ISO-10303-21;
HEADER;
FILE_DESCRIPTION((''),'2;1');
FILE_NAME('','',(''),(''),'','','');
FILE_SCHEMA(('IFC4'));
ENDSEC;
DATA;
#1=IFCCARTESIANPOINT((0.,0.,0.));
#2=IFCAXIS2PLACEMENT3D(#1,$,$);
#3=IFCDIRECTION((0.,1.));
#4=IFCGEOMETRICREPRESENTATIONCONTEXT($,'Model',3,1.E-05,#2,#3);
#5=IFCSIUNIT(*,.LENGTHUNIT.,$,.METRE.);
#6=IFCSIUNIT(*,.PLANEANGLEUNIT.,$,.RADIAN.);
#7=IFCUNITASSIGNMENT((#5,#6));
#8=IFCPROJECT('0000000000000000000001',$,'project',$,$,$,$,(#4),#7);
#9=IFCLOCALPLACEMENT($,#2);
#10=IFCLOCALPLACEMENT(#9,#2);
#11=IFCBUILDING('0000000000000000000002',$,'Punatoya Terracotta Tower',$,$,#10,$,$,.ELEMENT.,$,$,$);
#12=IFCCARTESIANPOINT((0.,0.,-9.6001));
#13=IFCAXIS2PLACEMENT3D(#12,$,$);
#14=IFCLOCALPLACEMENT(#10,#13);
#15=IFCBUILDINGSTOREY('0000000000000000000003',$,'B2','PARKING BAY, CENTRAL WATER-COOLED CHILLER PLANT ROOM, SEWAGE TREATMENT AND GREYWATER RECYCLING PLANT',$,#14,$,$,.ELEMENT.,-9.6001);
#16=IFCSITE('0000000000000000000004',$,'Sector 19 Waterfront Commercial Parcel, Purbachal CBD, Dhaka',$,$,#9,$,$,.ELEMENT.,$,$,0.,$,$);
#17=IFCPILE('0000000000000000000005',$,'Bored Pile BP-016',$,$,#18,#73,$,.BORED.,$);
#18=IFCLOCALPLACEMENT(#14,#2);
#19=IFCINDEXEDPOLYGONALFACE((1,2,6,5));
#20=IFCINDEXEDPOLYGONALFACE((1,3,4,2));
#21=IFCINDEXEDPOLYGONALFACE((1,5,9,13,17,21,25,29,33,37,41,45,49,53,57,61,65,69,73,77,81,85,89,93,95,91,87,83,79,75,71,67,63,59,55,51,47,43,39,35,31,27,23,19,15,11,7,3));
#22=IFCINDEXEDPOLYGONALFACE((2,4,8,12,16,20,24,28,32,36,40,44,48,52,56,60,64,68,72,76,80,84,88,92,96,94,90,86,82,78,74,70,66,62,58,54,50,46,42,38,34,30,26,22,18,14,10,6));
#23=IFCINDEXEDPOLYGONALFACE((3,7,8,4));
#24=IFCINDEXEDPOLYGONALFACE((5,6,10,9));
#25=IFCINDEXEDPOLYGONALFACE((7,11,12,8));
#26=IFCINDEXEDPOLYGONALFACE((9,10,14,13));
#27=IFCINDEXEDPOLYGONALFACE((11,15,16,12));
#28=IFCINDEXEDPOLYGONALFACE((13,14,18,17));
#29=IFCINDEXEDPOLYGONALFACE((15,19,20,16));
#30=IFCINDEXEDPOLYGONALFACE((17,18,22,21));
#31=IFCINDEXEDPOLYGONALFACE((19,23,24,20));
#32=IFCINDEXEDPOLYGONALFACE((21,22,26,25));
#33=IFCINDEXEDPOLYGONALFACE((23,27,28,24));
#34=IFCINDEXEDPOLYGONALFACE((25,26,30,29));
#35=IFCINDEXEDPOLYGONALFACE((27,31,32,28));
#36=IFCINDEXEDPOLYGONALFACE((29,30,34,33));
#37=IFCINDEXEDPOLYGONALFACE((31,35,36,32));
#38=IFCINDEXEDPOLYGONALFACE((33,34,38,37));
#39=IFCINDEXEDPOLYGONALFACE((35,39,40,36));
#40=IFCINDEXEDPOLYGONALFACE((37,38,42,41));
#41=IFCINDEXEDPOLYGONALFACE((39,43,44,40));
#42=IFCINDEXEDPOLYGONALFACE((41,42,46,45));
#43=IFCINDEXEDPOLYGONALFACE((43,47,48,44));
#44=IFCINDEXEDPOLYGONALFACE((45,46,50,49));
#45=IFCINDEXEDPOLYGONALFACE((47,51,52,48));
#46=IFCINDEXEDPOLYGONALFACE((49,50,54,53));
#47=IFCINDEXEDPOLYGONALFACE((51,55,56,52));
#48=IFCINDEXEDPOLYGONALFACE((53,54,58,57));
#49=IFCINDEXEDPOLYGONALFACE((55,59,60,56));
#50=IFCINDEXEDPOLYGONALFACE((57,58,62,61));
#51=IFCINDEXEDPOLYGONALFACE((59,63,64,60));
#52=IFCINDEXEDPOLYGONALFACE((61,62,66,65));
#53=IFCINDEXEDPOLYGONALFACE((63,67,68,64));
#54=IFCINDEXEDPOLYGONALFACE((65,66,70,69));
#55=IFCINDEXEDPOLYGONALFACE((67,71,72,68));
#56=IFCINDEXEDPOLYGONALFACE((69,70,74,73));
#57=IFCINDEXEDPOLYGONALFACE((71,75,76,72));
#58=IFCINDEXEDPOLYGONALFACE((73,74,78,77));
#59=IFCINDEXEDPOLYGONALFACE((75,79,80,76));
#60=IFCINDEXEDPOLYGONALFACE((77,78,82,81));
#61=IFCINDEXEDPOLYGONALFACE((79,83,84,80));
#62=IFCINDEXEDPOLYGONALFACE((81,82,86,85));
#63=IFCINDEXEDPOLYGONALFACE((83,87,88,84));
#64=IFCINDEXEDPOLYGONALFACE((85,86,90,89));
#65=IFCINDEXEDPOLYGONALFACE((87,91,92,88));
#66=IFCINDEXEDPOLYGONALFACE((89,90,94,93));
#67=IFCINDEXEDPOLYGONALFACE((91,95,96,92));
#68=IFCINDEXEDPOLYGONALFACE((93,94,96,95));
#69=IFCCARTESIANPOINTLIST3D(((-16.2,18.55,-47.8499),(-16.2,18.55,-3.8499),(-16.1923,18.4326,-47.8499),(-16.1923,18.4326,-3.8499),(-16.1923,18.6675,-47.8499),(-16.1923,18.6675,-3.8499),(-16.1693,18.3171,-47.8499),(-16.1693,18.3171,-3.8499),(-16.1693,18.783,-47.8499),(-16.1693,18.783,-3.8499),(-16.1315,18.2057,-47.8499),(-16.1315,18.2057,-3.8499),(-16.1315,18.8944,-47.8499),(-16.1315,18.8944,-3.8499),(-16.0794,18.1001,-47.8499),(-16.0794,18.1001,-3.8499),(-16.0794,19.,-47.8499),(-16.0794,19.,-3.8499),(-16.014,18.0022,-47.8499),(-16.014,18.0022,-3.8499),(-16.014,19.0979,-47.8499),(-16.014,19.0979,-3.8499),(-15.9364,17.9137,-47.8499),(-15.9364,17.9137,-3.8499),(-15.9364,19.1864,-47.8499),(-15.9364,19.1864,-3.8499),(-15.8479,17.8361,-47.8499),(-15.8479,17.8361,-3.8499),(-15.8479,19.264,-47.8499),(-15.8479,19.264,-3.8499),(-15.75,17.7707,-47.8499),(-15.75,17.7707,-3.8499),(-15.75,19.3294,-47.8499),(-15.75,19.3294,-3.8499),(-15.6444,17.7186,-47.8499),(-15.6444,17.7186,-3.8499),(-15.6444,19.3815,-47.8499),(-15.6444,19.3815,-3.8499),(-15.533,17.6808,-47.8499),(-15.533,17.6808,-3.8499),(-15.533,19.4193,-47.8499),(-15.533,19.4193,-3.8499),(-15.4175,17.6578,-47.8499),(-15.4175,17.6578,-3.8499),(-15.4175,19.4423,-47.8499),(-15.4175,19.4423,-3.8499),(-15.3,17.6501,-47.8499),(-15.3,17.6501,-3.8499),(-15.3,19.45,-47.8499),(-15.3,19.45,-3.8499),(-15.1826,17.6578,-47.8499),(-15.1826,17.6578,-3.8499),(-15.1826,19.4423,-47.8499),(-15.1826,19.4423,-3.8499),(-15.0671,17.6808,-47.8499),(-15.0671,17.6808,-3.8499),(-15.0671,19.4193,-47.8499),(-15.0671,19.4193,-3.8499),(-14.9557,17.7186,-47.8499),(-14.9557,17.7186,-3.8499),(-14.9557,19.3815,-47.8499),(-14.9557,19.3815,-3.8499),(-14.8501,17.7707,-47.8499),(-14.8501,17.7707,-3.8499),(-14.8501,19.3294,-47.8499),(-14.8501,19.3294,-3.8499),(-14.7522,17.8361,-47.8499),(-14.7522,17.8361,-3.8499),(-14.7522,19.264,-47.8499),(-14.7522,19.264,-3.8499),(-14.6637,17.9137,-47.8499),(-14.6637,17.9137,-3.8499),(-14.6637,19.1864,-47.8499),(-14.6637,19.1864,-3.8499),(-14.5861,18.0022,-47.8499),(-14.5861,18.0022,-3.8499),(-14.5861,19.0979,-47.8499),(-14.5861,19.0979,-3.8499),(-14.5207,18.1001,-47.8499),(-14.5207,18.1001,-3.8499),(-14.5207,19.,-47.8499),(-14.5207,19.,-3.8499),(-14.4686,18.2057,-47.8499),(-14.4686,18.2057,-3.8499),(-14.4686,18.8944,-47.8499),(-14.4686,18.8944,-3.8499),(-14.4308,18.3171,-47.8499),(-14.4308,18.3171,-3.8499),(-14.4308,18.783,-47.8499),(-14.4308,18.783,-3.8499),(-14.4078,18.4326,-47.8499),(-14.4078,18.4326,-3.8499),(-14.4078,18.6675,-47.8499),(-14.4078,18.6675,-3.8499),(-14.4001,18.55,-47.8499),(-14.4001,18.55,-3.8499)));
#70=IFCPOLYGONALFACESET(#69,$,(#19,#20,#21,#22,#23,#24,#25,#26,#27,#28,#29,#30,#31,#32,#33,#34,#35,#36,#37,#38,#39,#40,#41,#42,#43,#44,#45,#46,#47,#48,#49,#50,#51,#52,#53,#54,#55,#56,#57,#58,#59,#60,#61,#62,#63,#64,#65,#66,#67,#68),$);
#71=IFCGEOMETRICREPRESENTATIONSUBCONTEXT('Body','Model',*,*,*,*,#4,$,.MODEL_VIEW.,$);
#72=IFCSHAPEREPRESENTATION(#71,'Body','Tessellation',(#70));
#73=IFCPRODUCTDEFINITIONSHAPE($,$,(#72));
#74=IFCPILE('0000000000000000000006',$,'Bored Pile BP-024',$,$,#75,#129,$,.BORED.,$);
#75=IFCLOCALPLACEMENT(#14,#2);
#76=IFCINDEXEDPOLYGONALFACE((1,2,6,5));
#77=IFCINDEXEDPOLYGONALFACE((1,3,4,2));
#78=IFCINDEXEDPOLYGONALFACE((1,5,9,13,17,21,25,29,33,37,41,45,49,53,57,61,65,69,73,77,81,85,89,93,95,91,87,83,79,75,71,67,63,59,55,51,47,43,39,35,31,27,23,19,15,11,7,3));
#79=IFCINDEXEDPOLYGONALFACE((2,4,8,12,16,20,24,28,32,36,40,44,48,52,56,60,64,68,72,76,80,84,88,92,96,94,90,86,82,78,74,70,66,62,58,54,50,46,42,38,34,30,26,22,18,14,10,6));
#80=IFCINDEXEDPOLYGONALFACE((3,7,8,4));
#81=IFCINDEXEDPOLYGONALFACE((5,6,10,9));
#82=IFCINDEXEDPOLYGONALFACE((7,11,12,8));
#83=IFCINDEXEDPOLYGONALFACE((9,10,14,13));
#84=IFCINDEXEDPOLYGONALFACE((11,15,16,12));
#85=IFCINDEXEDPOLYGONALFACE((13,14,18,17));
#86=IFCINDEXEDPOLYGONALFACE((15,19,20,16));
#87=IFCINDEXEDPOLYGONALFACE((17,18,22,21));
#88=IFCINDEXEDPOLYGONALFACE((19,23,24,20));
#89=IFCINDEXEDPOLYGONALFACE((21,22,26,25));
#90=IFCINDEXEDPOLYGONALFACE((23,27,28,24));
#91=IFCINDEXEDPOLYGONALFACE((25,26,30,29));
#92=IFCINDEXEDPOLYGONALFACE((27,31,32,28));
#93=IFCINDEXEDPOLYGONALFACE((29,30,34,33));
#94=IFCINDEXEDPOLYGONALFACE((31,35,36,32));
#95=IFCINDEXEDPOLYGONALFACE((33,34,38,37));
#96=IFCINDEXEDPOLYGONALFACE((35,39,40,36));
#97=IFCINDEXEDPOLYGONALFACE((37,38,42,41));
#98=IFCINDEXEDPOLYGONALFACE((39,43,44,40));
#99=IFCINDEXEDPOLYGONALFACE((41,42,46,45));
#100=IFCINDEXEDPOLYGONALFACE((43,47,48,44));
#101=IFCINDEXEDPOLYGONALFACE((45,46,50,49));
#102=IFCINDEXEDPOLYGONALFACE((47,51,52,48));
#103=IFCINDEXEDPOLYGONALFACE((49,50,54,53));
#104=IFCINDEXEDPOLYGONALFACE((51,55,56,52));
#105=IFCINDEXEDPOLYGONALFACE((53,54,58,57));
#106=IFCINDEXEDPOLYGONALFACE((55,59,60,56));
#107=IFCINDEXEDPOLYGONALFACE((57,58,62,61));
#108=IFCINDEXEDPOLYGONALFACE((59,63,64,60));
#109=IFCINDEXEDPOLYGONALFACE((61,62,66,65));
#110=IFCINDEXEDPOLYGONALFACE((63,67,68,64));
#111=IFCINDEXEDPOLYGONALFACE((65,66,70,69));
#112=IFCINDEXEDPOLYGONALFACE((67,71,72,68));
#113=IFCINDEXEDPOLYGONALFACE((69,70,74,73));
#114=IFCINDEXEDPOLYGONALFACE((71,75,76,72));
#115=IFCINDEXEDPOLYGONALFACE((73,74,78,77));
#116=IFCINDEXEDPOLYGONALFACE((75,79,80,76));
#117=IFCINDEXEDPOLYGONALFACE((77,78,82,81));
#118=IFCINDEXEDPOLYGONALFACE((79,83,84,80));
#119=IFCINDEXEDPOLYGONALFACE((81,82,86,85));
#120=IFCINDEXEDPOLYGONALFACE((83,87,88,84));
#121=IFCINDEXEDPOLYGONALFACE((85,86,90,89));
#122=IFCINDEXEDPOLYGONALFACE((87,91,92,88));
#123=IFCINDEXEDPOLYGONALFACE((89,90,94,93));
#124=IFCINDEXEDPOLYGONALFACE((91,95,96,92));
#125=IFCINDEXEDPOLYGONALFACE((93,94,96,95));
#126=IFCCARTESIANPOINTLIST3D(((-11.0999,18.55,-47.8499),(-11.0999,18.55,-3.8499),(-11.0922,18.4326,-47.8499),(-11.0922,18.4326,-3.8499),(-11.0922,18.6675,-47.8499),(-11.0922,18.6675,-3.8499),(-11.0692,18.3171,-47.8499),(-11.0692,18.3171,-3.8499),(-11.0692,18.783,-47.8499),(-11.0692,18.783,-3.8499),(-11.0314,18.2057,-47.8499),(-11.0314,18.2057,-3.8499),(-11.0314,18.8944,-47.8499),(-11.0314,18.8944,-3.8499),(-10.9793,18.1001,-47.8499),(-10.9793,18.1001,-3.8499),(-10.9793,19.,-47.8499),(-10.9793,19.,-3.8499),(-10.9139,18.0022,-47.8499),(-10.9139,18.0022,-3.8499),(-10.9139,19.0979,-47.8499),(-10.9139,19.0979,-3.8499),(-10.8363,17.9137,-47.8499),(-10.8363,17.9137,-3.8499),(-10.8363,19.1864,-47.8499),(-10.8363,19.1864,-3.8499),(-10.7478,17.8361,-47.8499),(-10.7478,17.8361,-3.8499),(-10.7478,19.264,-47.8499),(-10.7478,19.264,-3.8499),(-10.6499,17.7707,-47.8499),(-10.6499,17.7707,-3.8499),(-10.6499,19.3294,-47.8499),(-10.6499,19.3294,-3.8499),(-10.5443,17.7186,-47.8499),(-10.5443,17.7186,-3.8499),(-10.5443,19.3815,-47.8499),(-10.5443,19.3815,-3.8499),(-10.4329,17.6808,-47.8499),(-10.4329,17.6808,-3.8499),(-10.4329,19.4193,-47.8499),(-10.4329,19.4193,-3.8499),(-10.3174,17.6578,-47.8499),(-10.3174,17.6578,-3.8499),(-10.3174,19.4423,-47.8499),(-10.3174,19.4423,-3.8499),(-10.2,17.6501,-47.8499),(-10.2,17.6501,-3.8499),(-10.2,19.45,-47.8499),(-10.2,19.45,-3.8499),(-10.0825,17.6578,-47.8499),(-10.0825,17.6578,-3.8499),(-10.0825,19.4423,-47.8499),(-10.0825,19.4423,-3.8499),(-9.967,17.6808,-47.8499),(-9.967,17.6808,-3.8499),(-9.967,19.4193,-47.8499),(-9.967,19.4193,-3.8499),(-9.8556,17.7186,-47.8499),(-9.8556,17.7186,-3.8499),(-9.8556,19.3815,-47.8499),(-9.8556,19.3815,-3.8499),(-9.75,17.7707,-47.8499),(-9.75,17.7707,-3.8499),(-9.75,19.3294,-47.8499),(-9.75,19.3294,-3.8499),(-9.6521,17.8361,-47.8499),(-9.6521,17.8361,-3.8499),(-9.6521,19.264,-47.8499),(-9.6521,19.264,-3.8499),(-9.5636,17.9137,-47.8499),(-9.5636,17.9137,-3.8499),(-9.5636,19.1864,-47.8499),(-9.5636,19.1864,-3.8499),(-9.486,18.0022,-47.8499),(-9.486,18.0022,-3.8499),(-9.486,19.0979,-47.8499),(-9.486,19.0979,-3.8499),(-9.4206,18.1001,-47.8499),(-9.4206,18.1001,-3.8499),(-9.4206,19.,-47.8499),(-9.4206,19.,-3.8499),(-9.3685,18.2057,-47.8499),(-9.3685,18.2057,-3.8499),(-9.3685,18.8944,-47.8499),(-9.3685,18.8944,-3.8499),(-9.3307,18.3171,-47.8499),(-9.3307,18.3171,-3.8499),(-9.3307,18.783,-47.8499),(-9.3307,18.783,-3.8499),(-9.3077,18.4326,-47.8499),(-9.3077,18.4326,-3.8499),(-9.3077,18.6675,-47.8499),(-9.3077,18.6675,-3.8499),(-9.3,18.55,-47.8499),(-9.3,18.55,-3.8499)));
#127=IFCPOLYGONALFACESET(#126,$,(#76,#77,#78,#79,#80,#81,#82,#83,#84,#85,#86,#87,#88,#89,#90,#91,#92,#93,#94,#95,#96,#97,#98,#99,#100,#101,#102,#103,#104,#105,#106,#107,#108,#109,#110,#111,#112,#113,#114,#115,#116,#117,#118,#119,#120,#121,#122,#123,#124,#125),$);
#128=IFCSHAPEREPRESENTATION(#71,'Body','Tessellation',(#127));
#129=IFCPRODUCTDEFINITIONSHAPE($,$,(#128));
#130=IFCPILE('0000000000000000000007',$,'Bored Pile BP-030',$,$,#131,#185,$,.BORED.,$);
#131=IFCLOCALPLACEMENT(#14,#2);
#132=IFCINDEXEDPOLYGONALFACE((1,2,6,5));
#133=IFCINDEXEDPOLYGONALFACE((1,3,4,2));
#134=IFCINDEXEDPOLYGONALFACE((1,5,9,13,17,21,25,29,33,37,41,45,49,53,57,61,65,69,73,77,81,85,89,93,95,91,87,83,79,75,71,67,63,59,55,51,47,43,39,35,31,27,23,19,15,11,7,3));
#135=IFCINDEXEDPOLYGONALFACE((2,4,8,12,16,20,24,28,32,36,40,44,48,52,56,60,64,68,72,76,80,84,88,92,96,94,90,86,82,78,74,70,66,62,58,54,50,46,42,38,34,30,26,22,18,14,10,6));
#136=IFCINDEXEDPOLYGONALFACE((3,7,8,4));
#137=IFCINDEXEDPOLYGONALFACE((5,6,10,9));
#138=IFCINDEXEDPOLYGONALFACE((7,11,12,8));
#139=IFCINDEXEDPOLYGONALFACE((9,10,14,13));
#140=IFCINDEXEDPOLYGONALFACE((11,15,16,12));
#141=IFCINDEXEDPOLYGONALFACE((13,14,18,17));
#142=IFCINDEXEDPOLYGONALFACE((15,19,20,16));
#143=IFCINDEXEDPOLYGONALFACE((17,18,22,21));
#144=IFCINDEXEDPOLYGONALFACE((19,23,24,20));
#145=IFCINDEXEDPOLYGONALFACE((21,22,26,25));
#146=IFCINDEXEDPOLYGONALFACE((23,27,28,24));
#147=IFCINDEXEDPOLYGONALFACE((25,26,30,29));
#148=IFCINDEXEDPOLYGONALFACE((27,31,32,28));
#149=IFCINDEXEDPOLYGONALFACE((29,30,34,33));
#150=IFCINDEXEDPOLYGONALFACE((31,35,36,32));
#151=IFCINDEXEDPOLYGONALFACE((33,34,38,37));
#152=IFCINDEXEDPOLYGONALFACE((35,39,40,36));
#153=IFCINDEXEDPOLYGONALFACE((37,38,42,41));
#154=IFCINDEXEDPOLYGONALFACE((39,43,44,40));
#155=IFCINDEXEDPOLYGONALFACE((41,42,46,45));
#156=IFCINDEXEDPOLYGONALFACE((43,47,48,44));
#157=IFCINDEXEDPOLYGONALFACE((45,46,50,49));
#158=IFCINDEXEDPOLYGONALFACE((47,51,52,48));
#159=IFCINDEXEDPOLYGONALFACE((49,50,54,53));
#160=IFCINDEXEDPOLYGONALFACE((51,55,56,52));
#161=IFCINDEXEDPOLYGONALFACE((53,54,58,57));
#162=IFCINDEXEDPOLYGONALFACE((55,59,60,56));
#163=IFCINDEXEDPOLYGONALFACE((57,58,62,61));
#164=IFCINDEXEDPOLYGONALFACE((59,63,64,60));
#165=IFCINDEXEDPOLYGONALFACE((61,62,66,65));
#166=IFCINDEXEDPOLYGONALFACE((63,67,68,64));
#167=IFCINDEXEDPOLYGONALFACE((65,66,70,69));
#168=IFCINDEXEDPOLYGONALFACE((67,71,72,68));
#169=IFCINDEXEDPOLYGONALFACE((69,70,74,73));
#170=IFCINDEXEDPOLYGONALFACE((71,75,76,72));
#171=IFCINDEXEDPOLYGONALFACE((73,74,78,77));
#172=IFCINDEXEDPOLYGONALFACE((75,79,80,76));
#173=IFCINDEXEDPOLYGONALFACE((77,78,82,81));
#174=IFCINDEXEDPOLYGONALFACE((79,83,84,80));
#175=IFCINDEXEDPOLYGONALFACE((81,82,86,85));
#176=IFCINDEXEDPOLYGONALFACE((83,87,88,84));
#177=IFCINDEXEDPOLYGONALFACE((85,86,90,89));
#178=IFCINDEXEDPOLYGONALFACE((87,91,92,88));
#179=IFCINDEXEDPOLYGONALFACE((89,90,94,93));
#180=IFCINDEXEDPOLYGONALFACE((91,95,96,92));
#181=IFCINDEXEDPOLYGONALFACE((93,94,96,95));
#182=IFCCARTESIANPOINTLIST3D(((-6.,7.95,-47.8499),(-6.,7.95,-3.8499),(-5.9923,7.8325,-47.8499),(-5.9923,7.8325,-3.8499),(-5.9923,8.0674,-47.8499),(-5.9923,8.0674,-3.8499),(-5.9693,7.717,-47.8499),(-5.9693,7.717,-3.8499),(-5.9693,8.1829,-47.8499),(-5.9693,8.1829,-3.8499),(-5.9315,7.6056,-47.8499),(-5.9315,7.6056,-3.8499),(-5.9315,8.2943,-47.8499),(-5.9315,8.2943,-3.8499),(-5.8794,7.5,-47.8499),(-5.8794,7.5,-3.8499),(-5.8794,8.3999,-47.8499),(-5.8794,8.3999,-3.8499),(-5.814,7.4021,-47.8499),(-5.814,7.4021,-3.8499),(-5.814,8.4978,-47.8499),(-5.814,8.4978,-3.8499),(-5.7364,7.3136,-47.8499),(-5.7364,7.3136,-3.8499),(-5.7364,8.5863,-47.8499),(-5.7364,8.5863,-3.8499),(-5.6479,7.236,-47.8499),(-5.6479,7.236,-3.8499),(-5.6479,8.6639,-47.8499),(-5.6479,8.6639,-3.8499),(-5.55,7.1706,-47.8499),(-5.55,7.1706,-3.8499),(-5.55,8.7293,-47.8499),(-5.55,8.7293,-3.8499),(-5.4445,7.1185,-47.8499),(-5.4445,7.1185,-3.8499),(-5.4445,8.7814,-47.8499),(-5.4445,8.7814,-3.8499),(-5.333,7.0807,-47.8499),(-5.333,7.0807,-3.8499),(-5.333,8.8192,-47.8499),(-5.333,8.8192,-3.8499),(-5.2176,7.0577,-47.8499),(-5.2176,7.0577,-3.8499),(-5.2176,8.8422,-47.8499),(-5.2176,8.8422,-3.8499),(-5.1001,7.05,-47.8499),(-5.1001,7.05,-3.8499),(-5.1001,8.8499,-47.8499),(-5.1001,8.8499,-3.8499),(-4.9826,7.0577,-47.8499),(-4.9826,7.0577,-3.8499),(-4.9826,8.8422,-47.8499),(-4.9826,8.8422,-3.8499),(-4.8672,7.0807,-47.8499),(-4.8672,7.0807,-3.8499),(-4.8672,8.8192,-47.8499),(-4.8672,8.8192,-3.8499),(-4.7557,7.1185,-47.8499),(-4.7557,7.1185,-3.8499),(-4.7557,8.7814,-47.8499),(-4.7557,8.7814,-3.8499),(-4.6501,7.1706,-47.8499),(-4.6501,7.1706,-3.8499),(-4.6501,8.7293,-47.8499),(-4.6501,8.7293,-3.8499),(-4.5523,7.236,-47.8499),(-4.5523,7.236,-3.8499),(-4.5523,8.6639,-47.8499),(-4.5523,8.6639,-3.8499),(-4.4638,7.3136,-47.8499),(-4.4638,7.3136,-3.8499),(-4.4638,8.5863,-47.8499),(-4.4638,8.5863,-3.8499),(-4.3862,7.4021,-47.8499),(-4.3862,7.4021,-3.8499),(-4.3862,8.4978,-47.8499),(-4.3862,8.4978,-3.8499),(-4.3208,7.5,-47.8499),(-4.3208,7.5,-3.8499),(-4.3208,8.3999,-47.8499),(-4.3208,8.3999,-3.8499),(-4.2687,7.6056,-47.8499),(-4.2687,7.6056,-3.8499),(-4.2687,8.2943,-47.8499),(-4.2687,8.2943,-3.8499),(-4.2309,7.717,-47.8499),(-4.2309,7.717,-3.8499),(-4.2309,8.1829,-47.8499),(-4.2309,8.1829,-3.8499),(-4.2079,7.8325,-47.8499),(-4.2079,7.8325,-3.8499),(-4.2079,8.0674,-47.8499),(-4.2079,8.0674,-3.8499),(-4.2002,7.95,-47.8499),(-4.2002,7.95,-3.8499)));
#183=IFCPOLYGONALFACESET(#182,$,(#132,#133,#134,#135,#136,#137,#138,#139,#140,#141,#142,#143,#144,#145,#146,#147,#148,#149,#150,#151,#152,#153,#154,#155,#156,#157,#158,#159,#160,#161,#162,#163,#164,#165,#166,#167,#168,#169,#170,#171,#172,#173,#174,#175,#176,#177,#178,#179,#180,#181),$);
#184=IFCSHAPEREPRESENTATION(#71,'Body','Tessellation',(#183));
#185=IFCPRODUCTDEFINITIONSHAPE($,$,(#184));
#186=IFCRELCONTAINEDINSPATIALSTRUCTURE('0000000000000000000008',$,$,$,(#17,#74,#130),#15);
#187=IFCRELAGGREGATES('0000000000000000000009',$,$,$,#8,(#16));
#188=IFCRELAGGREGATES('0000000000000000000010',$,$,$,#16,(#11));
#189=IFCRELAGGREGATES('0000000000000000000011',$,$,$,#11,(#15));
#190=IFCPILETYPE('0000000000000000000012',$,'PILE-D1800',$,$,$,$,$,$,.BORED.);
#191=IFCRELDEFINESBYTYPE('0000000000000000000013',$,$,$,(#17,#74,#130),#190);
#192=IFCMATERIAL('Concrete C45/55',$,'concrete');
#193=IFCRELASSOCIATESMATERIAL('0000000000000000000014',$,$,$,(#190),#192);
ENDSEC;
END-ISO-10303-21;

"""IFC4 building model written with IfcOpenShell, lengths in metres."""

from ifc_helpers import new_model, si_unit, direction, frame, origin, origin_2d, place, context, subcontext, project, spatial, circle, extrude, material, material_profile, profile_set, type_object, element, save


model = new_model("IFC4")

# Units and contexts
model_context = context("Model", 3, precision=1e-05, world=origin(), true_north=direction((0.0, 1.0)))
body_context = subcontext(model_context, "Body", "Model", "MODEL_VIEW")
ifc_project = project(units=[si_unit("LENGTHUNIT", "METRE"), si_unit("PLANEANGLEUNIT", "RADIAN")], contexts=[model_context])

# Site, building, storey
site_placement = place(None, origin())
site = spatial("IfcSite", under=ifc_project, at=site_placement, Name="Sector 19 Waterfront Commercial Parcel, Purbachal CBD, Dhaka", CompositionType="ELEMENT", RefElevation=0.0)
building_placement = place(site_placement, origin())
building = spatial("IfcBuilding", under=site, at=building_placement, Name="Punatoya Terracotta Tower", CompositionType="ELEMENT")
storey_placement = place(building_placement, frame((0.0, 0.0, -9.6001)))
storey = spatial("IfcBuildingStorey", under=building, at=storey_placement, Name="B2", Description="PARKING BAY, CENTRAL WATER-COOLED CHILLER PLANT ROOM, SEWAGE TREATMENT AND GREYWATER RECYCLING PLANT", CompositionType="ELEMENT", Elevation=-9.6001)

# Shared definitions
ifc_material_1 = material(Name="Concrete C45/55", Category="concrete")

# Piles
ifc_material_profile_1 = material_profile(ifc_material_1, circle(Radius=0.8999, at=origin_2d()))
ifc_profile_set_1 = profile_set([ifc_material_profile_1], Name="Concrete C45/55")
pile_type_1 = type_object("IfcPileType", Name="PILE-D1800", PredefinedType="BORED", material=ifc_profile_set_1)
for number, where, z_axis, x_axis, name in (
    (1, (-15.3, 18.55, -3.8499), (0.0, 0.0, -1.0), (1.0, 0.0, 0.0), "Bored Pile BP-016"),
    (2, (-10.2, 18.55, -3.8499), (0.0, 0.0, -1.0), (1.0, 0.0, 0.0), "Bored Pile BP-024"),
    (3, (-5.1001, 7.95, -3.8499), (0.0, 0.0, -1.0), (1.0, 0.0, 0.0), "Bored Pile BP-030"),
):
    element("IfcPile", number, at=place(storey_placement, frame(where, z_axis=z_axis, x_axis=x_axis)), inside=storey, type_object=pile_type_1, Name=name, PredefinedType="BORED", context=body_context, shape_type="SweptSolid", body=[
        extrude(circle(Radius=0.8999, at=origin_2d()), origin(), (0.0, 0.0, 1.0), 44.0),
    ])

save(model, "model.ifc")
